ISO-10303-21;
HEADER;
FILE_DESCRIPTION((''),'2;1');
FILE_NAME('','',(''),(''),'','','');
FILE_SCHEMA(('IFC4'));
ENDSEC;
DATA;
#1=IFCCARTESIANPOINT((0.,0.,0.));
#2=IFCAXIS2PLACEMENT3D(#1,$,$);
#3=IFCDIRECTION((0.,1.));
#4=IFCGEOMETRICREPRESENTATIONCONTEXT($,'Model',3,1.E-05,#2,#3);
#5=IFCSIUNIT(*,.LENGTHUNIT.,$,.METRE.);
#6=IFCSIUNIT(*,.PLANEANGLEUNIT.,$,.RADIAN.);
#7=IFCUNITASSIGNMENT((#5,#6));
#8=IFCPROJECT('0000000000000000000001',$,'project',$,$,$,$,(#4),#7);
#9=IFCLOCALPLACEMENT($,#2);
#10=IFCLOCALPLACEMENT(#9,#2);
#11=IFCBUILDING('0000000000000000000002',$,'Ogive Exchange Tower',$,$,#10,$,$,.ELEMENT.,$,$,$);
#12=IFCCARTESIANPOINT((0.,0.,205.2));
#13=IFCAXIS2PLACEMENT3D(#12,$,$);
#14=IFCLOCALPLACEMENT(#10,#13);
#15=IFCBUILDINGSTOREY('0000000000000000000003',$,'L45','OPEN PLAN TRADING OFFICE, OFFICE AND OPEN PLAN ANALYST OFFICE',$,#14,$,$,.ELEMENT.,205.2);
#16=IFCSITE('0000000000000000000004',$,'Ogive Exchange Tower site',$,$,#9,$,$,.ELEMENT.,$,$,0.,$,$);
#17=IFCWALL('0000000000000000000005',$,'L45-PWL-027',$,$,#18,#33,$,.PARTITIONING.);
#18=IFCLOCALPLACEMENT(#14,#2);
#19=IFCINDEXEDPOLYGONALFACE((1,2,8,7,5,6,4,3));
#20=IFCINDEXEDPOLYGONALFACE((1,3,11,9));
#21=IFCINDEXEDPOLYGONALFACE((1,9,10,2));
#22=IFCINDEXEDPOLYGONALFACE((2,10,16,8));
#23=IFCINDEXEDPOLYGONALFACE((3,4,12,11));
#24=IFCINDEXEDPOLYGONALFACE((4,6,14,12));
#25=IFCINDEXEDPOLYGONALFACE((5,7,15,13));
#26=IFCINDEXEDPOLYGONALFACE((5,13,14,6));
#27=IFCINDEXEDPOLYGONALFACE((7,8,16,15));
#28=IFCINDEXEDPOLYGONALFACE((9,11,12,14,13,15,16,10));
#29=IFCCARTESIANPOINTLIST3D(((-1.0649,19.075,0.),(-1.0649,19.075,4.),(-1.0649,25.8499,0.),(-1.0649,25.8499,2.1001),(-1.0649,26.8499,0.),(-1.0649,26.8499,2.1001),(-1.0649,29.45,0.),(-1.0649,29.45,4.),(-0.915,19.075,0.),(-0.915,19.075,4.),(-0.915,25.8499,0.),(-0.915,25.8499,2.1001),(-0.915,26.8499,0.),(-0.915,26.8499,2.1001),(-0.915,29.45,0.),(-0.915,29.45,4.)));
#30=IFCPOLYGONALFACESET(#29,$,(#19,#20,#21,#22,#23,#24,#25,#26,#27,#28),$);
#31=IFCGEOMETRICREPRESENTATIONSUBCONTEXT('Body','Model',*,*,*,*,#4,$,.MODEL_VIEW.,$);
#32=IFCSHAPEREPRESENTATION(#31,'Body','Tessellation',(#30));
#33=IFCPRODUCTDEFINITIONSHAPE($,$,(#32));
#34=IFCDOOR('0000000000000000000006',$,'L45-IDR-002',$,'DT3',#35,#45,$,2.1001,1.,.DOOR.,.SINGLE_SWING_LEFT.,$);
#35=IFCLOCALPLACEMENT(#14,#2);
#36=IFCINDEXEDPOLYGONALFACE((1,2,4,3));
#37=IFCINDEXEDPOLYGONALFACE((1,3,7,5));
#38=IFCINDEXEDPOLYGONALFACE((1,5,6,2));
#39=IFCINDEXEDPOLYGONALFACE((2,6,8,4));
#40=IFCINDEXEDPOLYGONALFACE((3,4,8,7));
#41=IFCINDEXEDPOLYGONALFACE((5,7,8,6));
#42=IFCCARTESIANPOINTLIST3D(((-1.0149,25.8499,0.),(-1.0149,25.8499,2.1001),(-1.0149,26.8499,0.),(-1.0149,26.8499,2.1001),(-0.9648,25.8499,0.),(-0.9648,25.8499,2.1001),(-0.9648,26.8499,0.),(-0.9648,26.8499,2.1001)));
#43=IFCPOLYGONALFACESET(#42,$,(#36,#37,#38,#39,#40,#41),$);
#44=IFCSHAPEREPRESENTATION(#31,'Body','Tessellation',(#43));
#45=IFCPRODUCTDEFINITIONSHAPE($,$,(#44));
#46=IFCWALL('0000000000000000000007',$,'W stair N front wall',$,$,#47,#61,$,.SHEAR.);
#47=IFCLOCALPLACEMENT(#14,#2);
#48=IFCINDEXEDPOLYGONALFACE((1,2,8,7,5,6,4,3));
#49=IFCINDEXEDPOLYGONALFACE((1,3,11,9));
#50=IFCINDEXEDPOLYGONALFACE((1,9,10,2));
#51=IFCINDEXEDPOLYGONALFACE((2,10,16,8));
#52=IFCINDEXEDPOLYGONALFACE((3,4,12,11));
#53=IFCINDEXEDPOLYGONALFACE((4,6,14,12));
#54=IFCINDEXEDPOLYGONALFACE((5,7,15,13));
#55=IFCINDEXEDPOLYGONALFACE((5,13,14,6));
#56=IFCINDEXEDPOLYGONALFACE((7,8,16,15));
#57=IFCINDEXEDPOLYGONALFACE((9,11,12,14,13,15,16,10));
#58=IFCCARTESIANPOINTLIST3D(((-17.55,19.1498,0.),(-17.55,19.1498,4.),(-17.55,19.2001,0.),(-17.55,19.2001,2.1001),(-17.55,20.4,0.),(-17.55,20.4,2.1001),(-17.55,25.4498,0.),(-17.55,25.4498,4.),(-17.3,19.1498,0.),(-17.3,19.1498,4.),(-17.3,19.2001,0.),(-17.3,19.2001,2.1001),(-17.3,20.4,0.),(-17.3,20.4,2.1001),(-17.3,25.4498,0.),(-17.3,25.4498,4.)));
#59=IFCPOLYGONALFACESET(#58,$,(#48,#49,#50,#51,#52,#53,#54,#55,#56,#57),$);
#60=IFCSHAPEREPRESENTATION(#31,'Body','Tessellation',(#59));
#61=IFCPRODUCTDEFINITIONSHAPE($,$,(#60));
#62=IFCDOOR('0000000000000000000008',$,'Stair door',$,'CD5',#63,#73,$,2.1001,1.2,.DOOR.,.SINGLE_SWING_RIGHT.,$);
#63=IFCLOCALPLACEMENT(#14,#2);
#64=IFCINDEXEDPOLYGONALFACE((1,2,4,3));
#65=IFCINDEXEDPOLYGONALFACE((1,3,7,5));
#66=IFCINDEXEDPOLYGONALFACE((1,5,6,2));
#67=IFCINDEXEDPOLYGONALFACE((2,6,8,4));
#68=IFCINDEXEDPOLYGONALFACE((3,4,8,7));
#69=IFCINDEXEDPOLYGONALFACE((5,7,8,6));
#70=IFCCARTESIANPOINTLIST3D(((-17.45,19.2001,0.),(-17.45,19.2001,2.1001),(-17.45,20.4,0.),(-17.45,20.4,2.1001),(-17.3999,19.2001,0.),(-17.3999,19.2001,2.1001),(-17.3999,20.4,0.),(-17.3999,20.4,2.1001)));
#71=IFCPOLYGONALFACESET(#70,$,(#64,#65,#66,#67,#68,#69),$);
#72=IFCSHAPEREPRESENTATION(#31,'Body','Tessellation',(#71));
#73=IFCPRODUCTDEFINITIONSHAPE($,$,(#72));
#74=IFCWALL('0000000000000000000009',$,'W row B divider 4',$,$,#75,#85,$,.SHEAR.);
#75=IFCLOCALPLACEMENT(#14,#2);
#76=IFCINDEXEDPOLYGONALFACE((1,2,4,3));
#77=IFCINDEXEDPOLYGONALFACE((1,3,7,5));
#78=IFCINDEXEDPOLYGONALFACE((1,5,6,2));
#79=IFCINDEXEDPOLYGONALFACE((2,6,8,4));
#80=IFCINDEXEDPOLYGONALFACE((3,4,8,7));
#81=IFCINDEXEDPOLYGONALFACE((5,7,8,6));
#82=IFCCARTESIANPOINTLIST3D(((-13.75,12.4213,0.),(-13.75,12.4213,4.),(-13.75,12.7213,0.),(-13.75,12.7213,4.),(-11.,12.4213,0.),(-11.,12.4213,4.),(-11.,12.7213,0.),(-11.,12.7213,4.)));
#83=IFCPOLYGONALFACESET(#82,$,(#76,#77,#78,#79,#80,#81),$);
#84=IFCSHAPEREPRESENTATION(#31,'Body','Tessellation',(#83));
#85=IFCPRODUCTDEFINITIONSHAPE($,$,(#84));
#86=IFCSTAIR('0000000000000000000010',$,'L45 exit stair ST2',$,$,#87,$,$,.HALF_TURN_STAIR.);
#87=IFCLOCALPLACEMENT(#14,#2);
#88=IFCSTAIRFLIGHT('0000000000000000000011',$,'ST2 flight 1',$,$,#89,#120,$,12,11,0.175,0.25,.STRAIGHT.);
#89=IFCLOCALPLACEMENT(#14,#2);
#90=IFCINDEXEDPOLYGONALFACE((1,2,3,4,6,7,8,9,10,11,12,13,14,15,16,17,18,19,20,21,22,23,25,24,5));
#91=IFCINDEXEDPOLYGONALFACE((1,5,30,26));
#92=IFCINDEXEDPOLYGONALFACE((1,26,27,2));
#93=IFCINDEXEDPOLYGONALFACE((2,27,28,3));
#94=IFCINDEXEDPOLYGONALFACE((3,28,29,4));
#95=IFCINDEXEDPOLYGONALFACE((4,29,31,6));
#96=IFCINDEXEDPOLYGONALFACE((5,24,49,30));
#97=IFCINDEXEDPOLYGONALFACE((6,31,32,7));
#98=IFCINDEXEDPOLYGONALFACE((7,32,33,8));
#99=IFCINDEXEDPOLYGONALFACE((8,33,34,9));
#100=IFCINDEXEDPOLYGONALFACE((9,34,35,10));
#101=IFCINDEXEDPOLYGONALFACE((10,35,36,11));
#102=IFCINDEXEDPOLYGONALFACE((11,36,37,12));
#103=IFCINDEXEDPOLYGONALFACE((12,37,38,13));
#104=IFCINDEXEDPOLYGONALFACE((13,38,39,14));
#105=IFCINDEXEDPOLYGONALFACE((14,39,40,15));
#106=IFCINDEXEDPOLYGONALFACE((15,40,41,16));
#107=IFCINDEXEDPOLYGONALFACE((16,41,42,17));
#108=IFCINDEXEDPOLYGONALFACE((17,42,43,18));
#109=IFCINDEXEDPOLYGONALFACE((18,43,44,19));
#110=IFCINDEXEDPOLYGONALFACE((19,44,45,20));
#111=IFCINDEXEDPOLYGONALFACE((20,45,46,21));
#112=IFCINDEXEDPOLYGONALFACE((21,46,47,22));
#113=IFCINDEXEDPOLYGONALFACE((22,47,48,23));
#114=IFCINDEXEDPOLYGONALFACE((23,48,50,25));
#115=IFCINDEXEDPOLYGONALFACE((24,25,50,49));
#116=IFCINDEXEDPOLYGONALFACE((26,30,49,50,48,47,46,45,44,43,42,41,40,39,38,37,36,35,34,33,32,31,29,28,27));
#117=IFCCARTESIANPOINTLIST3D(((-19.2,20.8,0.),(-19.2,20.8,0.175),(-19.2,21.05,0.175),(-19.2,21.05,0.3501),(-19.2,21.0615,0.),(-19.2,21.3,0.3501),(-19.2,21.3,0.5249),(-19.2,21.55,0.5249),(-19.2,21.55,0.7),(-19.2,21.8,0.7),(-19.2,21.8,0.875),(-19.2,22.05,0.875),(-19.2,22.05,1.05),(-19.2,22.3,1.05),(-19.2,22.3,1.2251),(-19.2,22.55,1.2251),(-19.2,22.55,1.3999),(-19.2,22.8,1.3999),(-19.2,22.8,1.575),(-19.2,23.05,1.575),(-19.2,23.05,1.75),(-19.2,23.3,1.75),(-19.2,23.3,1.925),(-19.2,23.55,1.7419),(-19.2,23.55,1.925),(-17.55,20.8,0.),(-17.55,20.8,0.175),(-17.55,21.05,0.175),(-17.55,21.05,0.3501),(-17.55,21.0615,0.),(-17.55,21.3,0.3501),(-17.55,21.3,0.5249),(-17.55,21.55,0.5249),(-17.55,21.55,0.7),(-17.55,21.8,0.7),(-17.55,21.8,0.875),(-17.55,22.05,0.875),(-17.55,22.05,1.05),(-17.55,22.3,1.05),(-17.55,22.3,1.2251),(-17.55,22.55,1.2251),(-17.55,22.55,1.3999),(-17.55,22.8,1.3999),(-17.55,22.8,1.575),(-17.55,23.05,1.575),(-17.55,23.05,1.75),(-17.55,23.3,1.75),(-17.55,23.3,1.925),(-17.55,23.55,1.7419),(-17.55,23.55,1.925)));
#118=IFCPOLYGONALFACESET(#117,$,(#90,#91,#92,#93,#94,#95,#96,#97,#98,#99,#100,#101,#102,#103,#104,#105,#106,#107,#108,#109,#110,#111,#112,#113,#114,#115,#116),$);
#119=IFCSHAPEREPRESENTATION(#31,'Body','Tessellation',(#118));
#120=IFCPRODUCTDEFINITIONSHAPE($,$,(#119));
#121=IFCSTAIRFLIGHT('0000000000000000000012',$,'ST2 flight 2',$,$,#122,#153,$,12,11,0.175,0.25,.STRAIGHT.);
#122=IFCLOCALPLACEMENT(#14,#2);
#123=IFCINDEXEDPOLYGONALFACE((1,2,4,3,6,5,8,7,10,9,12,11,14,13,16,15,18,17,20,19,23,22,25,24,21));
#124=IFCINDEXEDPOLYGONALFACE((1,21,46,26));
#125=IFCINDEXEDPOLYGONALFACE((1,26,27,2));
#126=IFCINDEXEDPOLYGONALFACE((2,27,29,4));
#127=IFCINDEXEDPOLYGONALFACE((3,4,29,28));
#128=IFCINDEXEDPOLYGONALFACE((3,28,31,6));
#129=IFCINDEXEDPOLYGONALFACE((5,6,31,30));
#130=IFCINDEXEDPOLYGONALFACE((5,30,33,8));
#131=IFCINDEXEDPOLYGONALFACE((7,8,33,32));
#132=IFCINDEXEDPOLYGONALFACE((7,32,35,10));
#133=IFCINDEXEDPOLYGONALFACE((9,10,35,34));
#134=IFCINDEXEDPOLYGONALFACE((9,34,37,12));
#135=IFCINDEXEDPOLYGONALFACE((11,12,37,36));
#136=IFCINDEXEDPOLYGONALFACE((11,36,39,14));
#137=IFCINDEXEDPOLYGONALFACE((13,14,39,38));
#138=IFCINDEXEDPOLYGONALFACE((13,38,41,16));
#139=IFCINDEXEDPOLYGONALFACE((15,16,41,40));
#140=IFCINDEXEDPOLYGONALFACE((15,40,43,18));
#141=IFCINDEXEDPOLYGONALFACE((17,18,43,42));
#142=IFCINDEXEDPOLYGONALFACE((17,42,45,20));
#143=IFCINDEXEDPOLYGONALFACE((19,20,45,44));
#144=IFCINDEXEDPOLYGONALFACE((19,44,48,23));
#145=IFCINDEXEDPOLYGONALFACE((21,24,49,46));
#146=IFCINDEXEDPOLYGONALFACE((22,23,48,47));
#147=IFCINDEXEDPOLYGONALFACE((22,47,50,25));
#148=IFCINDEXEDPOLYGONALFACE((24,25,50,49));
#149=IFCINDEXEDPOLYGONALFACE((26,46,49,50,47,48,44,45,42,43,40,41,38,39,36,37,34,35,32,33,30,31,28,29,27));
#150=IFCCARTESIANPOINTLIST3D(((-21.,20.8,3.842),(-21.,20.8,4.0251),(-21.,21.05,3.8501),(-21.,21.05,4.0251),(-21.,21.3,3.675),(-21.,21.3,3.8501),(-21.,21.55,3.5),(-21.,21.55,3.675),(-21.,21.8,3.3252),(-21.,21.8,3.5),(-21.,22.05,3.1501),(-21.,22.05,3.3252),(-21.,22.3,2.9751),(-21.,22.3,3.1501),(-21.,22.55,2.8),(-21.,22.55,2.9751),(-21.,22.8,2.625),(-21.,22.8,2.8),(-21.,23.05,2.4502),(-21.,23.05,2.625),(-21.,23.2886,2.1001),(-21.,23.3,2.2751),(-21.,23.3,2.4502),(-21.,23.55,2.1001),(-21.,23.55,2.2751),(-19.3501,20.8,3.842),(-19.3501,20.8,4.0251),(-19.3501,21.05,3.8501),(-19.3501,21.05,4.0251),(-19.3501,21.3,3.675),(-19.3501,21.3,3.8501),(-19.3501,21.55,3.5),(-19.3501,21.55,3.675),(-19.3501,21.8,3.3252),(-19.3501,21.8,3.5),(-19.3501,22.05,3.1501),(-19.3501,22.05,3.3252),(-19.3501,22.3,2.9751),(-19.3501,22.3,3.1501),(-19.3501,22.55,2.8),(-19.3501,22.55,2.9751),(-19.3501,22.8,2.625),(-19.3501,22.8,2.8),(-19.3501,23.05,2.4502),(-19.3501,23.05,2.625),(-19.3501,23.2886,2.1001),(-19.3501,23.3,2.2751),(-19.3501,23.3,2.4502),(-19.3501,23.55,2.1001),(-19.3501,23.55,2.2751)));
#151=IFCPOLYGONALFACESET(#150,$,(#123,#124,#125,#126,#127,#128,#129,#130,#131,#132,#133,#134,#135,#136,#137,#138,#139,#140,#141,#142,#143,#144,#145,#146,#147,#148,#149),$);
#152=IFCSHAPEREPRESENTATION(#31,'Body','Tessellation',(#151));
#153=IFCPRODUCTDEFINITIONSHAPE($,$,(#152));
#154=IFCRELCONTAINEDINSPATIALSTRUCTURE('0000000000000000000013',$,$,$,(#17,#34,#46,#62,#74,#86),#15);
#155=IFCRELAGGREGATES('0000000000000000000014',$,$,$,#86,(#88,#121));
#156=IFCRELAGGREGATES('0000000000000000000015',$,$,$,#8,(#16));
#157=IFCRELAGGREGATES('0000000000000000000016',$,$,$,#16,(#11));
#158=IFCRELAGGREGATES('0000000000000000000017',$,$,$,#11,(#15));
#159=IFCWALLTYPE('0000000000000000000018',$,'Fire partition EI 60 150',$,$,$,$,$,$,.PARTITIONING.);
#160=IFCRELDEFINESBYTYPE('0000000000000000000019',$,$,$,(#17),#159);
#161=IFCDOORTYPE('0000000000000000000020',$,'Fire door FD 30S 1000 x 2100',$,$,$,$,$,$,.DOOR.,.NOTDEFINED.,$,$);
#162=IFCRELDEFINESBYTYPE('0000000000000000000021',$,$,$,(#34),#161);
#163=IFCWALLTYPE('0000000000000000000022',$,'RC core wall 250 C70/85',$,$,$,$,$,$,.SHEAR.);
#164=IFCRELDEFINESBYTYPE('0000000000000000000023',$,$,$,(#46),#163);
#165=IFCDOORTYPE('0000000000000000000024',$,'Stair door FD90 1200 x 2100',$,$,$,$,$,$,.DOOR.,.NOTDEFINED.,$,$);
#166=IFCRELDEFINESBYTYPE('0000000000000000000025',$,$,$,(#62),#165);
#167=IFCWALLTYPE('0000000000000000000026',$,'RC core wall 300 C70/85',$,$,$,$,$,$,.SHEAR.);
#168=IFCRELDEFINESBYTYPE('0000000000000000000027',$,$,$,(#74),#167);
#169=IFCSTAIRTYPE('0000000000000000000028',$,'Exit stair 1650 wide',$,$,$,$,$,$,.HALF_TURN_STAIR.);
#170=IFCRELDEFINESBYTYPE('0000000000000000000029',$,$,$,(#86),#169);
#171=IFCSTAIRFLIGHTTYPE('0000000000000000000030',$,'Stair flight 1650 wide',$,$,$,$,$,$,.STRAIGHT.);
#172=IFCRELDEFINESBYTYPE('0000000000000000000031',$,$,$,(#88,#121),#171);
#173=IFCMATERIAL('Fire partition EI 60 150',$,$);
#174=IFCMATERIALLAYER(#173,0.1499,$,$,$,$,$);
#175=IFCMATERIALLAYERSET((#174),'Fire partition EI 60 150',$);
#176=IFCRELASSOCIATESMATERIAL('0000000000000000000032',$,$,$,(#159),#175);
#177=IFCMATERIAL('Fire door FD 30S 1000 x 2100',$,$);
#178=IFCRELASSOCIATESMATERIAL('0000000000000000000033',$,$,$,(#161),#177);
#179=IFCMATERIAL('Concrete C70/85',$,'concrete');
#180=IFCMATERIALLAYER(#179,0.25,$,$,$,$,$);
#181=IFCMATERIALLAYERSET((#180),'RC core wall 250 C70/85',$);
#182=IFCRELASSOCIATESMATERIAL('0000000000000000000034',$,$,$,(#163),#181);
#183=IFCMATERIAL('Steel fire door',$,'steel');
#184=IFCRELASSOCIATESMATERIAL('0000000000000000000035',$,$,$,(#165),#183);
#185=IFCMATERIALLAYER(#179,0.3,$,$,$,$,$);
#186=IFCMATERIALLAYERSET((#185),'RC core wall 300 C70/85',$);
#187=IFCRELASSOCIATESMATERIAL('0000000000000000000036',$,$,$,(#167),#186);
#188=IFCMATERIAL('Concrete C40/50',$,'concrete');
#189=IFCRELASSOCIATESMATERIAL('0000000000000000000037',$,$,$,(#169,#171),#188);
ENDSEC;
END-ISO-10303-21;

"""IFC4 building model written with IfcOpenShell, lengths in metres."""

from ifc_helpers import new_model, si_unit, direction, frame, frame_2d, origin, place, context, subcontext, project, spatial, polyline, rectangle, outline, extrude, material, layer, layer_set, type_object, element, fill, aggregate, save


model = new_model("IFC4")

# Units and contexts
model_context = context("Model", 3, precision=1e-05, world=origin(), true_north=direction((0.0, 1.0)))
body_context = subcontext(model_context, "Body", "Model", "MODEL_VIEW")
ifc_project = project(units=[si_unit("LENGTHUNIT", "METRE"), si_unit("PLANEANGLEUNIT", "RADIAN")], contexts=[model_context])

# Site, building, storey
site_placement = place(None, origin())
site = spatial("IfcSite", under=ifc_project, at=site_placement, Name="Ogive Exchange Tower site", CompositionType="ELEMENT", RefElevation=0.0)
building_placement = place(site_placement, origin())
building = spatial("IfcBuilding", under=site, at=building_placement, Name="Ogive Exchange Tower", CompositionType="ELEMENT")
storey_placement = place(building_placement, frame((0.0, 0.0, 205.2)))
storey = spatial("IfcBuildingStorey", under=building, at=storey_placement, Name="L45", Description="OPEN PLAN TRADING OFFICE, OFFICE AND OPEN PLAN ANALYST OFFICE", CompositionType="ELEMENT", Elevation=205.2)

# Shared definitions
ifc_material_1 = material(Name="Fire partition EI 60 150")
ifc_layer_1 = layer(ifc_material_1, 0.1499)
ifc_layer_set_1 = layer_set([ifc_layer_1], Name="Fire partition EI 60 150")
wall_type_1 = type_object("IfcWallType", Name="Fire partition EI 60 150", PredefinedType="PARTITIONING", material=ifc_layer_set_1)

# Walls, openings, doors
wall_1_placement = place(storey_placement, frame((-0.99, 19.075, 0.0), z_axis=(0.0, 0.0, 1.0), x_axis=(0.0, 1.0, 0.0)))
wall_1 = element("IfcWall", 1, at=wall_1_placement, inside=storey, type_object=wall_type_1, Name="L45-PWL-027", PredefinedType="PARTITIONING", context=body_context, shape_type="SweptSolid", body=[
    extrude(rectangle(XDim=10.375, YDim=0.1499, at=frame_2d((5.1875, 0.0))), origin(), (0.0, 0.0, 1.0), 4.0),
])
opening_1_placement = place(wall_1_placement, frame((6.7749, 0.0, 0.0)))
opening_1 = element("IfcOpeningElement", 2, at=opening_1_placement, cuts=wall_1, PredefinedType="OPENING", context=body_context, shape_type="SweptSolid", body=[
    extrude(rectangle(XDim=1.0, YDim=2.1001, at=frame_2d((0.5, 1.05))), frame((0.0, 0.085, 0.0), z_axis=(0.0, -1.0, 0.0), x_axis=(1.0, 0.0, 0.0)), (0.0, 0.0, 1.0), 0.1699),
])
ifc_material_2 = material(Name="Fire door FD 30S 1000 x 2100")
door_type_1 = type_object("IfcDoorType", Name="Fire door FD 30S 1000 x 2100", OperationType="NOTDEFINED", PredefinedType="DOOR", material=ifc_material_2)
door_1_placement = place(opening_1_placement, origin())
door_1 = element("IfcDoor", 3, at=door_1_placement, inside=storey, type_object=door_type_1, Name="L45-IDR-002", ObjectType="DT3", OperationType="SINGLE_SWING_LEFT", OverallHeight=2.1001, OverallWidth=1.0, PredefinedType="DOOR", context=body_context, shape_type="SweptSolid", body=[
    extrude(rectangle(XDim=1.0, YDim=2.1001, at=frame_2d((0.5, 1.05))), frame((0.0, 0.0249, 0.0), z_axis=(0.0, -1.0, 0.0), x_axis=(1.0, 0.0, 0.0)), (0.0, 0.0, 1.0), 0.05),
])
fill(opening_1, door_1)
ifc_material_3 = material(Name="Concrete C70/85", Category="concrete")
ifc_layer_2 = layer(ifc_material_3, 0.25)
ifc_layer_set_2 = layer_set([ifc_layer_2], Name="RC core wall 250 C70/85")
wall_type_2 = type_object("IfcWallType", Name="RC core wall 250 C70/85", PredefinedType="SHEAR", material=ifc_layer_set_2)
wall_2_placement = place(storey_placement, frame((-17.425, 19.1499, 0.0), z_axis=(0.0, 0.0, 1.0), x_axis=(0.0, 1.0, 0.0)))
wall_2 = element("IfcWall", 4, at=wall_2_placement, inside=storey, type_object=wall_type_2, Name="W stair N front wall", PredefinedType="SHEAR", context=body_context, shape_type="SweptSolid", body=[
    extrude(rectangle(XDim=6.3, YDim=0.25, at=frame_2d((3.1499, 0.0))), origin(), (0.0, 0.0, 1.0), 4.0),
])
opening_2_placement = place(wall_2_placement, frame((0.05, 0.0, 0.0)))
opening_2 = element("IfcOpeningElement", 5, at=opening_2_placement, cuts=wall_2, PredefinedType="OPENING", context=body_context, shape_type="SweptSolid", body=[
    extrude(rectangle(XDim=1.2, YDim=2.1001, at=frame_2d((0.6001, 1.05))), frame((0.0, 0.135, 0.0), z_axis=(0.0, -1.0, 0.0), x_axis=(1.0, 0.0, 0.0)), (0.0, 0.0, 1.0), 0.27),
])
ifc_material_4 = material(Name="Steel fire door", Category="steel")
door_type_2 = type_object("IfcDoorType", Name="Stair door FD90 1200 x 2100", OperationType="NOTDEFINED", PredefinedType="DOOR", material=ifc_material_4)
door_2_placement = place(opening_2_placement, origin())
door_2 = element("IfcDoor", 6, at=door_2_placement, inside=storey, type_object=door_type_2, Name="Stair door", ObjectType="CD5", OperationType="SINGLE_SWING_RIGHT", OverallHeight=2.1001, OverallWidth=1.2, PredefinedType="DOOR", context=body_context, shape_type="SweptSolid", body=[
    extrude(rectangle(XDim=1.2, YDim=2.1001, at=frame_2d((0.6001, 1.05))), frame((0.0, 0.0249, 0.0), z_axis=(0.0, -1.0, 0.0), x_axis=(1.0, 0.0, 0.0)), (0.0, 0.0, 1.0), 0.05),
])
fill(opening_2, door_2)

# Wall
ifc_layer_3 = layer(ifc_material_3, 0.3)
ifc_layer_set_3 = layer_set([ifc_layer_3], Name="RC core wall 300 C70/85")
wall_type_3 = type_object("IfcWallType", Name="RC core wall 300 C70/85", PredefinedType="SHEAR", material=ifc_layer_set_3)
wall_3_placement = place(storey_placement, frame((-13.75, 12.5713, 0.0), z_axis=(0.0, 0.0, 1.0), x_axis=(1.0, 0.0, 0.0)))
element("IfcWall", 7, at=wall_3_placement, inside=storey, type_object=wall_type_3, Name="W row B divider 4", PredefinedType="SHEAR", context=body_context, shape_type="SweptSolid", body=[
    extrude(rectangle(XDim=2.75, YDim=0.3, at=frame_2d((1.375, 0.0))), origin(), (0.0, 0.0, 1.0), 4.0),
])

# Stair, stair flights
ifc_material_5 = material(Name="Concrete C40/50", Category="concrete")
stair_type = type_object("IfcStairType", Name="Exit stair 1650 wide", PredefinedType="HALF_TURN_STAIR", material=ifc_material_5)
stair_placement = place(storey_placement, origin())
stair = element("IfcStair", 8, at=stair_placement, inside=storey, type_object=stair_type, Name="L45 exit stair ST2", PredefinedType="HALF_TURN_STAIR")
stair_flight_type = type_object("IfcStairFlightType", Name="Stair flight 1650 wide", PredefinedType="STRAIGHT", material=ifc_material_5)
stair_flight_1_placement = place(storey_placement, frame((-18.375, 20.8, 0.0), z_axis=(0.0, 0.0, 1.0), x_axis=(0.0, 1.0, 0.0)))
stair_flight_1 = element("IfcStairFlight", 9, at=stair_flight_1_placement, type_object=stair_flight_type, Name="ST2 flight 1", NumberOfRisers=12, NumberOfTreads=11, PredefinedType="STRAIGHT", RiserHeight=0.175, TreadLength=0.25, context=body_context, shape_type="SweptSolid", body=[
    extrude(outline(polyline([(0.0, 0.0), (0.0, 0.175), (0.25, 0.175), (0.25, 0.3501), (0.5, 0.3501), (0.5, 0.5249), (0.75, 0.5249), (0.75, 0.7), (1.0, 0.7), (1.0, 0.875), (1.25, 0.875), (1.25, 1.05), (1.5, 1.05), (1.5, 1.2251), (1.75, 1.2251), (1.75, 1.3999), (2.0, 1.3999), (2.0, 1.575), (2.25, 1.575), (2.25, 1.75), (2.5, 1.75), (2.5, 1.925), (2.75, 1.925), (2.75, 2.1001), (2.75, 1.7419), (0.2615, 0.0), (0.0, 0.0)])), frame((0.0, 0.825, 0.0), z_axis=(0.0, -1.0, 0.0), x_axis=(1.0, 0.0, 0.0)), (0.0, 0.0, 1.0), 1.6499),
])
stair_flight_2_placement = place(storey_placement, frame((-20.175, 23.55, 2.1001), z_axis=(0.0, 0.0, 1.0), x_axis=(0.0, -1.0, 0.0)))
stair_flight_2 = element("IfcStairFlight", 10, at=stair_flight_2_placement, type_object=stair_flight_type, Name="ST2 flight 2", NumberOfRisers=12, NumberOfTreads=11, PredefinedType="STRAIGHT", RiserHeight=0.175, TreadLength=0.25, context=body_context, shape_type="SweptSolid", body=[
    extrude(outline(polyline([(0.0, 0.0), (0.0, 0.175), (0.25, 0.175), (0.25, 0.3501), (0.5, 0.3501), (0.5, 0.5249), (0.75, 0.5249), (0.75, 0.7), (1.0, 0.7), (1.0, 0.875), (1.25, 0.875), (1.25, 1.05), (1.5, 1.05), (1.5, 1.2251), (1.75, 1.2251), (1.75, 1.3999), (2.0, 1.3999), (2.0, 1.575), (2.25, 1.575), (2.25, 1.75), (2.5, 1.75), (2.5, 1.925), (2.75, 1.925), (2.75, 2.1001), (2.75, 1.7419), (0.2615, 0.0), (0.0, 0.0)])), frame((0.0, 0.825, 0.0), z_axis=(0.0, -1.0, 0.0), x_axis=(1.0, 0.0, 0.0)), (0.0, 0.0, 1.0), 1.6499),
])
aggregate(stair, [stair_flight_1, stair_flight_2])

save(model, "model.ifc")
